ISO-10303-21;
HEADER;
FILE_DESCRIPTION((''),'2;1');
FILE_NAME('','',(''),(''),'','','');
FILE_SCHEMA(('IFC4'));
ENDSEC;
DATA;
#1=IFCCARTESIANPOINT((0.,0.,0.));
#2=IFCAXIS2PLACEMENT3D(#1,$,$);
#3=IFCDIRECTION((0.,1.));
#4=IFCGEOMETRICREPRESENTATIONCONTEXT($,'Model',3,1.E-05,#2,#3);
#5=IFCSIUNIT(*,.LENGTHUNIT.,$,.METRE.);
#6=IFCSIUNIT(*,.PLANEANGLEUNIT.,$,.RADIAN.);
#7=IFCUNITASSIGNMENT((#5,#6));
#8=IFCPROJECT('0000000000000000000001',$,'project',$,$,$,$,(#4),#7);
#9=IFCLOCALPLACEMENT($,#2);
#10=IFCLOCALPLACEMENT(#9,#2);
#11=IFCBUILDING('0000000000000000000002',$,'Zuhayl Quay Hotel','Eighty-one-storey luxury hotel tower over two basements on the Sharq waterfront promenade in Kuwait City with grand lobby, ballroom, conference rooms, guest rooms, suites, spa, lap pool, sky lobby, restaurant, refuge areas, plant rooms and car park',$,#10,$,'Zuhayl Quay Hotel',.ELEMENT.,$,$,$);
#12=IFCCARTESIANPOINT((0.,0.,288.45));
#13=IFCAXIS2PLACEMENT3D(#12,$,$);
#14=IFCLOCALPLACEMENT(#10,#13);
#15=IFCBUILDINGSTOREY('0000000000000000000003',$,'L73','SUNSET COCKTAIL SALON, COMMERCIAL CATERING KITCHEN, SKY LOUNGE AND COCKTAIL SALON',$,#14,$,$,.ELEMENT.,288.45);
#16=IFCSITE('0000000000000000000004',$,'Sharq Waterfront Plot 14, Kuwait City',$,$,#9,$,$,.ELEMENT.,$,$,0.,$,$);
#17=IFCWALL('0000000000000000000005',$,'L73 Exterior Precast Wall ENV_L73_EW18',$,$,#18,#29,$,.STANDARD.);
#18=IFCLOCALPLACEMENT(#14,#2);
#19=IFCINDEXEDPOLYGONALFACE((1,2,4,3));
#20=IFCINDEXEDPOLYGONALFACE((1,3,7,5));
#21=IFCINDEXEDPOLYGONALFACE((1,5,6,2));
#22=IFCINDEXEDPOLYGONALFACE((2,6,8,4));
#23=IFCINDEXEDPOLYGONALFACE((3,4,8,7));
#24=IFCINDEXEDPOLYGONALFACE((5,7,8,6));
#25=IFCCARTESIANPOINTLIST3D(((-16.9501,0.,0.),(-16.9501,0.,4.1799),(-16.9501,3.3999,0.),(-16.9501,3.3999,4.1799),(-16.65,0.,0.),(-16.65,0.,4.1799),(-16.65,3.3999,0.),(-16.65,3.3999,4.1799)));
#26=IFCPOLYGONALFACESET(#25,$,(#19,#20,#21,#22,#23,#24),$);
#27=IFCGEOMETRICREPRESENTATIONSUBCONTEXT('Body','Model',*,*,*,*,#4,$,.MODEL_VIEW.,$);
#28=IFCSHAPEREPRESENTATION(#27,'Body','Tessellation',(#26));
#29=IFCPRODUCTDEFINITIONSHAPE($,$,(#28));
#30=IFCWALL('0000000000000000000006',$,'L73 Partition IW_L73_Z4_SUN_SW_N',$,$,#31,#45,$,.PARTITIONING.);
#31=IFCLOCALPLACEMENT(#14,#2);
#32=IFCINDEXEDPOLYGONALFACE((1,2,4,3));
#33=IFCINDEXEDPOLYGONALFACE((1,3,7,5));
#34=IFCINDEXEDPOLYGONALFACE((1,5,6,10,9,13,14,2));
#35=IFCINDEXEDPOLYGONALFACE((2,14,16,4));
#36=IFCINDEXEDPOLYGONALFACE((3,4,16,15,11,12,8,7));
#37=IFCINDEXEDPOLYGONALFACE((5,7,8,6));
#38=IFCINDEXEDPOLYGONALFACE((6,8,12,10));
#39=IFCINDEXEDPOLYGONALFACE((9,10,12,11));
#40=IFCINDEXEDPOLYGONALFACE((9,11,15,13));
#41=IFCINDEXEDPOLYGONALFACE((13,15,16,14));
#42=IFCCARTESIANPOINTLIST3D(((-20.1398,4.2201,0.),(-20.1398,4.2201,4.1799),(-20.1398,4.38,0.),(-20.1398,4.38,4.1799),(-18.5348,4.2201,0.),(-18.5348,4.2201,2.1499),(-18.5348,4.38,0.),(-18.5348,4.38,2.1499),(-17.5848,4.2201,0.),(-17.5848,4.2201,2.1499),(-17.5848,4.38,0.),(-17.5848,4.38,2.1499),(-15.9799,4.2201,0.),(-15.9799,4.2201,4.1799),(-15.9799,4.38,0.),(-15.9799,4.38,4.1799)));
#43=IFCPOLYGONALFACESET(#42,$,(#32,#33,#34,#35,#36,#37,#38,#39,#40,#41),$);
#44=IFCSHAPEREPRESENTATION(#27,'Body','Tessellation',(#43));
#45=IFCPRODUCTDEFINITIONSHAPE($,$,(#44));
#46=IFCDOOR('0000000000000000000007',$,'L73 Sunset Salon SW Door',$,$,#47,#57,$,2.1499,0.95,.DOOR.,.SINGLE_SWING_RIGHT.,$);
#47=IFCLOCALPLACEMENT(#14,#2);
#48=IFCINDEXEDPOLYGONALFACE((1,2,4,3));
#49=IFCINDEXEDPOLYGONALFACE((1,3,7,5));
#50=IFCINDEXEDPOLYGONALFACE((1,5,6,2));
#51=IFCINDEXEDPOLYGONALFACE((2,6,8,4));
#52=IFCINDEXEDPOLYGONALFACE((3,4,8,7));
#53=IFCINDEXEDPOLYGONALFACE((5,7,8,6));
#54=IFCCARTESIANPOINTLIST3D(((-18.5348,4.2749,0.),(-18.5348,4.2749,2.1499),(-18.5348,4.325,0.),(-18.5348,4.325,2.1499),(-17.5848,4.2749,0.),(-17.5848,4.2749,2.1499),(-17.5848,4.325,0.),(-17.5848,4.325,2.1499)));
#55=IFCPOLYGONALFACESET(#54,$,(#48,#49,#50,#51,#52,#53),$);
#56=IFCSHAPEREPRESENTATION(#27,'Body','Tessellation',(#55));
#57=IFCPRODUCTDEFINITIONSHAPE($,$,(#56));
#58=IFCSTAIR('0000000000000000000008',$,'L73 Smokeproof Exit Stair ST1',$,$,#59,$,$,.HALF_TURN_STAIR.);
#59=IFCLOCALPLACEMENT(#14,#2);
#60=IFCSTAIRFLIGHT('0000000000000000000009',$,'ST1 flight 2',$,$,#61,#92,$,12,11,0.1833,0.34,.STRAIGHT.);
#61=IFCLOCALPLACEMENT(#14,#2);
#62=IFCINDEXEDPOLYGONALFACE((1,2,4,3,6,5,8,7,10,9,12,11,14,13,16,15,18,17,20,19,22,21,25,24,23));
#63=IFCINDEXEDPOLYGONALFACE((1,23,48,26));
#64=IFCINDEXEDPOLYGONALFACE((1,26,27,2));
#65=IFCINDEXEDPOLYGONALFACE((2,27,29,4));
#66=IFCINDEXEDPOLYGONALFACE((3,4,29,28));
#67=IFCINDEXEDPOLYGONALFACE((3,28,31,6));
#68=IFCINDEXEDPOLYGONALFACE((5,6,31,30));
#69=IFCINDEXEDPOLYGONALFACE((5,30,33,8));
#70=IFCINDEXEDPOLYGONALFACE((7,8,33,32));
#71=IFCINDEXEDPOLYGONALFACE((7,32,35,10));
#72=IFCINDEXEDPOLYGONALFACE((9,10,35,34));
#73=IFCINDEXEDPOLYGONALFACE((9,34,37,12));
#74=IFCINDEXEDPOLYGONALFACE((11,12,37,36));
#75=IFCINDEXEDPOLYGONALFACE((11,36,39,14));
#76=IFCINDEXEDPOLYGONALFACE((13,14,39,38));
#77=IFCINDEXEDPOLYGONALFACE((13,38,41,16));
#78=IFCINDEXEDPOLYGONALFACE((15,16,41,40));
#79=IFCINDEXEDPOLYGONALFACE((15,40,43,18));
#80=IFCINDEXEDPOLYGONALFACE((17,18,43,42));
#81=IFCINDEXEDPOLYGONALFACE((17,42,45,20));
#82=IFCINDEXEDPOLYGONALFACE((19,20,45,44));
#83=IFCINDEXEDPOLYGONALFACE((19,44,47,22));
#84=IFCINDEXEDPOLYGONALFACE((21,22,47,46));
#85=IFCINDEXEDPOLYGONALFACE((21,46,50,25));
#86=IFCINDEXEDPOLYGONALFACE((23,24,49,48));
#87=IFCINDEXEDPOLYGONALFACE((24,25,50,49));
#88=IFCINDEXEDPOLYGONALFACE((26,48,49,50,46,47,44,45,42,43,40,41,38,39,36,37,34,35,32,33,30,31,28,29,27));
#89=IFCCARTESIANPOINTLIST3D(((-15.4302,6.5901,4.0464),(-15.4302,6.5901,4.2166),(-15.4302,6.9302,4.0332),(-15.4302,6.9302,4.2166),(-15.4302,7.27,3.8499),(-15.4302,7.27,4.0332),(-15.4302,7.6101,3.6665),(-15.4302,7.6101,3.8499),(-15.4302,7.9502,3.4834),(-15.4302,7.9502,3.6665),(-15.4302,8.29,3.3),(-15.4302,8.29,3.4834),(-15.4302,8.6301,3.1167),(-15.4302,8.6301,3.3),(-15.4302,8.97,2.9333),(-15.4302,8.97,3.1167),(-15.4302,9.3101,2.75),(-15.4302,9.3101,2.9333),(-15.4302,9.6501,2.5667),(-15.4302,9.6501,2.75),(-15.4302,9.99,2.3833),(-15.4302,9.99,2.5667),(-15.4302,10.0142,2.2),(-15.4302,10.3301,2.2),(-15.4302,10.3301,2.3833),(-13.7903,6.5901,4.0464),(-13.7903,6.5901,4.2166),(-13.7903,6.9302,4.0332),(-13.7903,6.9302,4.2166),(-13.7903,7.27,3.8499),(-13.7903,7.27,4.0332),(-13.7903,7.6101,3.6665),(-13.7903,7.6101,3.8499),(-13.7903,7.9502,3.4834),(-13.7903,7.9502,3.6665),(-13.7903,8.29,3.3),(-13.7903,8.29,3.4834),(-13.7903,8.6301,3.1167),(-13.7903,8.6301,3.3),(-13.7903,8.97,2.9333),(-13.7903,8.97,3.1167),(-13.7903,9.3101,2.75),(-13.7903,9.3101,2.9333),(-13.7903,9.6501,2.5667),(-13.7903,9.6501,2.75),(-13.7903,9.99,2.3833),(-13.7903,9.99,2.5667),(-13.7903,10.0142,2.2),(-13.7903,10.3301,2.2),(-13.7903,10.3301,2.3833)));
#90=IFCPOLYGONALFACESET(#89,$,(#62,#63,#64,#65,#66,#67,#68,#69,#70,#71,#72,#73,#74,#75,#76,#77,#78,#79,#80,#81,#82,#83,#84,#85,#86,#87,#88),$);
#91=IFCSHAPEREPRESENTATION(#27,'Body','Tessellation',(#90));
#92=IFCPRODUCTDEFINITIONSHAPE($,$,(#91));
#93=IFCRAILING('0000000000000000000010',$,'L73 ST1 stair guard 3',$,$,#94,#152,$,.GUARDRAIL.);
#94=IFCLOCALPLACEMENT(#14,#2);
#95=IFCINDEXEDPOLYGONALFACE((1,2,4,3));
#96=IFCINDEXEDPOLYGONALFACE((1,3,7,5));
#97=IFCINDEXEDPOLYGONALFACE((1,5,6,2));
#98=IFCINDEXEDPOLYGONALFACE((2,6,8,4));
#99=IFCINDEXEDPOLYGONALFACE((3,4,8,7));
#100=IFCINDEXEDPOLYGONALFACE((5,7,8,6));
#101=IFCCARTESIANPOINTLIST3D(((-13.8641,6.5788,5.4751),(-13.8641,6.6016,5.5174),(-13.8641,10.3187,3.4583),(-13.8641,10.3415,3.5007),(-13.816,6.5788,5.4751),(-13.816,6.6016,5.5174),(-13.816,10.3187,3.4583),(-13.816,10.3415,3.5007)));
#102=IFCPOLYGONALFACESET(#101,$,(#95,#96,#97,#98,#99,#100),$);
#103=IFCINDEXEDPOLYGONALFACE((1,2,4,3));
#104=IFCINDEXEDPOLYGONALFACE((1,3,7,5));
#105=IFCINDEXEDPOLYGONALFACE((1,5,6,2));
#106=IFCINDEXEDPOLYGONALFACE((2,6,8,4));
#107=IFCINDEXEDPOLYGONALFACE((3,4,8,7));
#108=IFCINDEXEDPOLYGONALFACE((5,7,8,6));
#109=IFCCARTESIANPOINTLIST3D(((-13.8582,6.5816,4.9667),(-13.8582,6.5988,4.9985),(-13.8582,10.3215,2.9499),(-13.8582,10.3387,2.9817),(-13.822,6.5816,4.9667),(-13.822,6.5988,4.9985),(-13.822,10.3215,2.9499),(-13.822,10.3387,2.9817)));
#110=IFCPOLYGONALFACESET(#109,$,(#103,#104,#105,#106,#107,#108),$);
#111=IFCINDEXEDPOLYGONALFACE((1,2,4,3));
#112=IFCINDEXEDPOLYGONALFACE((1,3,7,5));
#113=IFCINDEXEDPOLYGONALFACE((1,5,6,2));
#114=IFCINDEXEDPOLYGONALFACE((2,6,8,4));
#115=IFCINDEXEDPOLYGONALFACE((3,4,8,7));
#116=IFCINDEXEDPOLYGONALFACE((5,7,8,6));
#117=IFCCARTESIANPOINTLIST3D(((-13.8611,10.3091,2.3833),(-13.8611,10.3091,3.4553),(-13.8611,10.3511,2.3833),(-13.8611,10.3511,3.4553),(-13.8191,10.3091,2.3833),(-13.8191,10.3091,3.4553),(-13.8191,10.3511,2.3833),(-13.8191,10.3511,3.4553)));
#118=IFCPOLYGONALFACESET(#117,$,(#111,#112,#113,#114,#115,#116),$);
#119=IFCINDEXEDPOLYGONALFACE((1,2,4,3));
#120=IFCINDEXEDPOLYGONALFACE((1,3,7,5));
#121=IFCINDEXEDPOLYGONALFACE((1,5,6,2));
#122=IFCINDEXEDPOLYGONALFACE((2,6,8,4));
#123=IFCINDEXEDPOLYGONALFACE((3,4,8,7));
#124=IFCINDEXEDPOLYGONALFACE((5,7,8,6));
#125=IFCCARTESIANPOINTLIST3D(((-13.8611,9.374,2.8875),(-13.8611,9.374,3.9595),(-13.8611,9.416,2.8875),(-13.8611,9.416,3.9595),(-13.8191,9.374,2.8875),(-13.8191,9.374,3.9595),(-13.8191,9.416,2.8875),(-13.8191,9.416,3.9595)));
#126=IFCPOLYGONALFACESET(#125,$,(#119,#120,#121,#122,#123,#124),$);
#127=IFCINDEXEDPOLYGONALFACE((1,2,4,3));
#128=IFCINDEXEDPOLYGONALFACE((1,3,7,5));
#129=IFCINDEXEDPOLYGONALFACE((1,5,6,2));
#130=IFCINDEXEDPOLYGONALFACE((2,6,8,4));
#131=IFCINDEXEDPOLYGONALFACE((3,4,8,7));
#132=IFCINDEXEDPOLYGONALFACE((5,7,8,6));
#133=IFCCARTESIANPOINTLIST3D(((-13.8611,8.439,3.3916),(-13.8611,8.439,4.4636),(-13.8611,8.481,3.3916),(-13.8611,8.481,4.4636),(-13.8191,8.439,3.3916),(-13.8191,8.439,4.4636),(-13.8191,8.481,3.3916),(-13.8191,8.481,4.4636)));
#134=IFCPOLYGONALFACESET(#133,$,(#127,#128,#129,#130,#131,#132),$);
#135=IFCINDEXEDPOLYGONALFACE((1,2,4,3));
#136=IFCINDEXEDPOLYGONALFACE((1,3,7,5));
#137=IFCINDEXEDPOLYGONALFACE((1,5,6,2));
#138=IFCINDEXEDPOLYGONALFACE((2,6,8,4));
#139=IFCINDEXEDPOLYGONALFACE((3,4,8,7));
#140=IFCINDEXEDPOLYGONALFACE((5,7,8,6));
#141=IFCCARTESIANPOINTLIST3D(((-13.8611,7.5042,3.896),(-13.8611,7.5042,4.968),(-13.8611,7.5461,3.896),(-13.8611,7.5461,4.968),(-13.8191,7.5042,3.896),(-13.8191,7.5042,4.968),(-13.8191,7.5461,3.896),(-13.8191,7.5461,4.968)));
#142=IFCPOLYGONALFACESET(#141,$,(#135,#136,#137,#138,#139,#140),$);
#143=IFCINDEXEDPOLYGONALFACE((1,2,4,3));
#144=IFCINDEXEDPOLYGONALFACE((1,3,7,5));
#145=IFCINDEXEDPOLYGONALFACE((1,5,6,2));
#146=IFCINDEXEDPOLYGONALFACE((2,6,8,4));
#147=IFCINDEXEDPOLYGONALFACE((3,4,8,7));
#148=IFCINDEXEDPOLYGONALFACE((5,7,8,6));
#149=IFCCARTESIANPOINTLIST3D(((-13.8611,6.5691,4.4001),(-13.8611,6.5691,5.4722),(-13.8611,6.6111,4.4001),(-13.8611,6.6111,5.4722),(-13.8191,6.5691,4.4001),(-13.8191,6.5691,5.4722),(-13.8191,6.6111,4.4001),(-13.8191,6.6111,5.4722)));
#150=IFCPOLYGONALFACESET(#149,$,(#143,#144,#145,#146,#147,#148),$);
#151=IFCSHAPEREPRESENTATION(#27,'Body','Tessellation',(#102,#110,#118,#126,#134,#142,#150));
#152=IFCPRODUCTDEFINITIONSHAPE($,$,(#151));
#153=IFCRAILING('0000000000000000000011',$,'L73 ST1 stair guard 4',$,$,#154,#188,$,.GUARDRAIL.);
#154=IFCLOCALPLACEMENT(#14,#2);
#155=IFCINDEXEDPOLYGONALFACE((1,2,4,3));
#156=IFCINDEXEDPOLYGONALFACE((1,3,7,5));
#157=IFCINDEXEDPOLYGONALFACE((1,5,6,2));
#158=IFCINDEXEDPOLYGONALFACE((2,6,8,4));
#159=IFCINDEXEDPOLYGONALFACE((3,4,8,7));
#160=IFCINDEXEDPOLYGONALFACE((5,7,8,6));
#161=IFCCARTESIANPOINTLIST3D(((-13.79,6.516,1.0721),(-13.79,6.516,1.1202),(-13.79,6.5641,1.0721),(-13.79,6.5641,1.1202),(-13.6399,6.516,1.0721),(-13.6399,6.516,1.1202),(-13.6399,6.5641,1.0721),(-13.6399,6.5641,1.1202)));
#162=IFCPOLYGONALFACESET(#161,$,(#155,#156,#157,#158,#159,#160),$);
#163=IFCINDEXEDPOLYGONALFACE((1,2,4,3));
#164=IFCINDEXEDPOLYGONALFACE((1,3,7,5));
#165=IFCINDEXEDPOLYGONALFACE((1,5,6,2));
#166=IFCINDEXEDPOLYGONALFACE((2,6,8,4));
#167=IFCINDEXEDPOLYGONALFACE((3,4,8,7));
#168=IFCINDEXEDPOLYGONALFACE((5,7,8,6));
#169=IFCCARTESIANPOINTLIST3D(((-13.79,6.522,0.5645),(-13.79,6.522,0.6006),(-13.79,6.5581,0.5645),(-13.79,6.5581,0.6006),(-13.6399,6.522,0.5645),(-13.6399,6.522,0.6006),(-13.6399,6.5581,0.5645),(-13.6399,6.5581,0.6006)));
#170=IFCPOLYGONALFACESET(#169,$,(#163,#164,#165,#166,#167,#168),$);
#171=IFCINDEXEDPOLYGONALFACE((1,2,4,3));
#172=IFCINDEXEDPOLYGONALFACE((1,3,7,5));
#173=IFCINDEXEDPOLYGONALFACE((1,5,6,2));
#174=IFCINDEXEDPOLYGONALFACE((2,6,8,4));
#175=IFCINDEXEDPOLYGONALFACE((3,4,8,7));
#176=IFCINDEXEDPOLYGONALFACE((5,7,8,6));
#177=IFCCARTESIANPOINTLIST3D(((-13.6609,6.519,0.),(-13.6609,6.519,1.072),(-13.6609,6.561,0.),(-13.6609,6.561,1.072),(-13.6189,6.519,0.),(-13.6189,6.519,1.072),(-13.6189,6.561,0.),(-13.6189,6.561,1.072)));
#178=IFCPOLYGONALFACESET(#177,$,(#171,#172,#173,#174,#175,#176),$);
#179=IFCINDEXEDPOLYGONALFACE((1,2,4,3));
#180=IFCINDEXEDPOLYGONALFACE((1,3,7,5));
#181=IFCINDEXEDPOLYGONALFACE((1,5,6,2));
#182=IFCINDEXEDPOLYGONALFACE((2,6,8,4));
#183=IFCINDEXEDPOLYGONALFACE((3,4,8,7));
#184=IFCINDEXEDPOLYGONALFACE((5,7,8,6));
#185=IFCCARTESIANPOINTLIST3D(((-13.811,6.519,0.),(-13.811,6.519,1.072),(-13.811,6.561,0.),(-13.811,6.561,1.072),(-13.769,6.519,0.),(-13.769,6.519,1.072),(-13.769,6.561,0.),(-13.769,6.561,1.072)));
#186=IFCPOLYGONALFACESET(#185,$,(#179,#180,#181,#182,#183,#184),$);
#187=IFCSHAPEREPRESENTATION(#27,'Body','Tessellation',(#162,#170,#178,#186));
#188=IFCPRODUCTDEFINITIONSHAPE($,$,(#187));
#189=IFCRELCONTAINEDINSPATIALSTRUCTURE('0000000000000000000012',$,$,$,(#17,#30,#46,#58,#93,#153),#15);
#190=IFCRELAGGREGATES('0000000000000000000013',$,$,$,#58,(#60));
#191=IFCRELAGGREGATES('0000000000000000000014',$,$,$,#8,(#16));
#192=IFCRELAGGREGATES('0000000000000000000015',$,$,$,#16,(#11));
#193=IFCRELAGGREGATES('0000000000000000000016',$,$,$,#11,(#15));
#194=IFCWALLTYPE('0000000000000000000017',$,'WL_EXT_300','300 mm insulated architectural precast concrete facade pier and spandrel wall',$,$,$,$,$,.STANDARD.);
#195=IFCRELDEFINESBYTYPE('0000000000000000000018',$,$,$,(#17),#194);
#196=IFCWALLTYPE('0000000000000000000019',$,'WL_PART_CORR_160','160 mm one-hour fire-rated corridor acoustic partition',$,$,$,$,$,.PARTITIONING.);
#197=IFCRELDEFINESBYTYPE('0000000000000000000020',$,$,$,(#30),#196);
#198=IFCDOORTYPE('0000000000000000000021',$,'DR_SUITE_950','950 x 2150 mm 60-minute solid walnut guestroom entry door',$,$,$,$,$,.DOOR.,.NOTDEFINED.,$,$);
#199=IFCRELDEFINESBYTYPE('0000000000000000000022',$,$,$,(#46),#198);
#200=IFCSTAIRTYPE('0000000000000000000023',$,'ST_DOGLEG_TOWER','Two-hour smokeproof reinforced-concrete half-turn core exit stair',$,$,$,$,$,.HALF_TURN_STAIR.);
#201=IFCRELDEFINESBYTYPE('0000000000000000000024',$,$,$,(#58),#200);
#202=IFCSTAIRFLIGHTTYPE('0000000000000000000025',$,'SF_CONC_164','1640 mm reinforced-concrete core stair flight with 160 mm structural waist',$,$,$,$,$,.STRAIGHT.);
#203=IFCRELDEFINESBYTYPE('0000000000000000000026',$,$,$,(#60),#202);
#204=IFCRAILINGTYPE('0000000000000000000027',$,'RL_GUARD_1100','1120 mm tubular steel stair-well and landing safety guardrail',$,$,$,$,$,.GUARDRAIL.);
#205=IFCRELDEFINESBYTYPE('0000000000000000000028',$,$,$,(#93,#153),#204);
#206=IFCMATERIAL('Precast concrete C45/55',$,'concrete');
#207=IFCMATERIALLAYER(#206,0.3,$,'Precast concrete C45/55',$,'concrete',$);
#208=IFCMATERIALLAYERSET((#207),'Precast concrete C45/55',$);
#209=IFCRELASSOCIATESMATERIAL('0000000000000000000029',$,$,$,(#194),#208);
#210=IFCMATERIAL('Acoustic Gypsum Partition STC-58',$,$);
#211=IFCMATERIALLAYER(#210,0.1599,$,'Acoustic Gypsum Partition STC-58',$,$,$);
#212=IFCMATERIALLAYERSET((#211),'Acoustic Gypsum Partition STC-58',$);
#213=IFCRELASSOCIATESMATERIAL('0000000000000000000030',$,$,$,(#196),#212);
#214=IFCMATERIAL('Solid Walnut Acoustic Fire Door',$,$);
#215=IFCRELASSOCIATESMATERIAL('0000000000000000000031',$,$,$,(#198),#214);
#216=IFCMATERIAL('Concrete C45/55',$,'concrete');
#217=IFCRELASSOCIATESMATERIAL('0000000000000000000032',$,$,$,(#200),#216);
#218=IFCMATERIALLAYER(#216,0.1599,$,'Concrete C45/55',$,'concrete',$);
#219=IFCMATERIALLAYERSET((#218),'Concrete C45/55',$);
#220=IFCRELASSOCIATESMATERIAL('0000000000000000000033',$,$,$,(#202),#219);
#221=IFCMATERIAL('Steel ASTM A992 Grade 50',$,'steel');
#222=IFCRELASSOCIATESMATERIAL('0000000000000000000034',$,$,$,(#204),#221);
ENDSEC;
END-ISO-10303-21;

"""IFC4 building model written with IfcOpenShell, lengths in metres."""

from ifc_helpers import new_model, si_unit, direction, frame, frame_2d, origin, origin_2d, place, context, subcontext, project, spatial, polyline, rectangle, outline, extrude, material, layer, layer_set, type_object, element, fill, aggregate, save


model = new_model("IFC4")

# Units and contexts
model_context = context("Model", 3, precision=1e-05, world=origin(), true_north=direction((0.0, 1.0)))
body_context = subcontext(model_context, "Body", "Model", "MODEL_VIEW")
ifc_project = project(units=[si_unit("LENGTHUNIT", "METRE"), si_unit("PLANEANGLEUNIT", "RADIAN")], contexts=[model_context])

# Site, building, storey
site_placement = place(None, origin())
site = spatial("IfcSite", under=ifc_project, at=site_placement, Name="Sharq Waterfront Plot 14, Kuwait City", CompositionType="ELEMENT", RefElevation=0.0)
building_placement = place(site_placement, origin())
building = spatial("IfcBuilding", under=site, at=building_placement, Name="Zuhayl Quay Hotel", Description="Eighty-one-storey luxury hotel tower over two basements on the Sharq waterfront promenade in Kuwait City with grand lobby, ballroom, conference rooms, guest rooms, suites, spa, lap pool, sky lobby, restaurant, refuge areas, plant rooms and car park", LongName="Zuhayl Quay Hotel", CompositionType="ELEMENT")
storey_placement = place(building_placement, frame((0.0, 0.0, 288.45)))
storey = spatial("IfcBuildingStorey", under=building, at=storey_placement, Name="L73", Description="SUNSET COCKTAIL SALON, COMMERCIAL CATERING KITCHEN, SKY LOUNGE AND COCKTAIL SALON", CompositionType="ELEMENT", Elevation=288.45)

# Shared definitions
ifc_material_1 = material(Name="Steel ASTM A992 Grade 50", Category="steel")

# Wall
ifc_material_2 = material(Name="Precast concrete C45/55", Category="concrete")
ifc_layer_1 = layer(ifc_material_2, 0.3, Name="Precast concrete C45/55", Category="concrete")
ifc_layer_set_1 = layer_set([ifc_layer_1], Name="Precast concrete C45/55")
wall_type_1 = type_object("IfcWallType", Name="WL_EXT_300", Description="300 mm insulated architectural precast concrete facade pier and spandrel wall", PredefinedType="STANDARD", material=ifc_layer_set_1)
wall_1_placement = place(storey_placement, frame((-16.8, 0.0, 0.0), z_axis=(0.0, 0.0, 1.0), x_axis=(0.0, 1.0, 0.0)))
element("IfcWall", 1, at=wall_1_placement, inside=storey, type_object=wall_type_1, Name="L73 Exterior Precast Wall ENV_L73_EW18", PredefinedType="STANDARD", context=body_context, shape_type="SweptSolid", body=[
    extrude(rectangle(XDim=3.3999, YDim=0.3, at=frame_2d((1.7, 0.0))), origin(), (0.0, 0.0, 1.0), 4.1799),
])

# Wall, opening, door
ifc_material_3 = material(Name="Acoustic Gypsum Partition STC-58")
ifc_layer_2 = layer(ifc_material_3, 0.1599, Name="Acoustic Gypsum Partition STC-58")
ifc_layer_set_2 = layer_set([ifc_layer_2], Name="Acoustic Gypsum Partition STC-58")
wall_type_2 = type_object("IfcWallType", Name="WL_PART_CORR_160", Description="160 mm one-hour fire-rated corridor acoustic partition", PredefinedType="PARTITIONING", material=ifc_layer_set_2)
wall_2_placement = place(storey_placement, frame((-20.1399, 4.3, 0.0), z_axis=(0.0, 0.0, 1.0), x_axis=(1.0, 0.0, 0.0)))
wall_2 = element("IfcWall", 2, at=wall_2_placement, inside=storey, type_object=wall_type_2, Name="L73 Partition IW_L73_Z4_SUN_SW_N", PredefinedType="PARTITIONING", context=body_context, shape_type="SweptSolid", body=[
    extrude(rectangle(XDim=4.1599, YDim=0.1599, at=frame_2d((2.0801, 0.0))), origin(), (0.0, 0.0, 1.0), 4.1799),
])
opening_placement = place(wall_2_placement, frame((1.605, 0.0, 0.0)))
opening = element("IfcOpeningElement", 3, at=opening_placement, cuts=wall_2, PredefinedType="OPENING", context=body_context, shape_type="SweptSolid", body=[
    extrude(rectangle(XDim=0.95, YDim=2.1499, at=frame_2d((0.4751, 1.075))), frame((0.0, 0.0898, 0.0), z_axis=(0.0, -1.0, 0.0), x_axis=(1.0, 0.0, 0.0)), (0.0, 0.0, 1.0), 0.1799),
])
ifc_material_4 = material(Name="Solid Walnut Acoustic Fire Door")
door_type = type_object("IfcDoorType", Name="DR_SUITE_950", Description="950 x 2150 mm 60-minute solid walnut guestroom entry door", OperationType="NOTDEFINED", PredefinedType="DOOR", material=ifc_material_4)
door_placement = place(opening_placement, origin())
door = element("IfcDoor", 4, at=door_placement, inside=storey, type_object=door_type, Name="L73 Sunset Salon SW Door", OperationType="SINGLE_SWING_RIGHT", OverallHeight=2.1499, OverallWidth=0.95, PredefinedType="DOOR", context=body_context, shape_type="SweptSolid", body=[
    extrude(rectangle(XDim=0.95, YDim=2.1499, at=frame_2d((0.4751, 1.075))), frame((0.0, 0.0249, 0.0), z_axis=(0.0, -1.0, 0.0), x_axis=(1.0, 0.0, 0.0)), (0.0, 0.0, 1.0), 0.05),
])
fill(opening, door)

# Stair, stair flight
ifc_material_5 = material(Name="Concrete C45/55", Category="concrete")
stair_type = type_object("IfcStairType", Name="ST_DOGLEG_TOWER", Description="Two-hour smokeproof reinforced-concrete half-turn core exit stair", PredefinedType="HALF_TURN_STAIR", material=ifc_material_5)
stair_placement = place(storey_placement, origin())
stair = element("IfcStair", 5, at=stair_placement, inside=storey, type_object=stair_type, Name="L73 Smokeproof Exit Stair ST1", PredefinedType="HALF_TURN_STAIR")
ifc_layer_3 = layer(ifc_material_5, 0.1599, Name="Concrete C45/55", Category="concrete")
ifc_layer_set_3 = layer_set([ifc_layer_3], Name="Concrete C45/55")
stair_flight_type = type_object("IfcStairFlightType", Name="SF_CONC_164", Description="1640 mm reinforced-concrete core stair flight with 160 mm structural waist", PredefinedType="STRAIGHT", material=ifc_layer_set_3)
stair_flight_placement = place(storey_placement, frame((-14.6101, 10.3301, 2.2), z_axis=(0.0, 0.0, 1.0), x_axis=(0.0, -1.0, 0.0)))
stair_flight = element("IfcStairFlight", 6, at=stair_flight_placement, type_object=stair_flight_type, Name="ST1 flight 2", NumberOfRisers=12, NumberOfTreads=11, PredefinedType="STRAIGHT", RiserHeight=0.1833, TreadLength=0.34, context=body_context, shape_type="SweptSolid", body=[
    extrude(outline(polyline([(0.0, 0.0), (0.0, 0.1833), (0.3401, 0.1833), (0.3401, 0.3667), (0.6799, 0.3667), (0.6799, 0.55), (1.02, 0.55), (1.02, 0.7334), (1.3601, 0.7334), (1.3601, 0.9167), (1.7, 0.9167), (1.7, 1.1001), (2.04, 1.1001), (2.04, 1.2834), (2.3799, 1.2834), (2.3799, 1.4666), (2.72, 1.4666), (2.72, 1.6499), (3.0601, 1.6499), (3.0601, 1.8333), (3.3999, 1.8333), (3.3999, 2.0166), (3.74, 2.0166), (3.74, 2.2), (3.74, 1.8464), (0.3159, 0.0), (0.0, 0.0)])), frame((0.0, 0.8198, 0.0), z_axis=(0.0, -1.0, 0.0), x_axis=(1.0, 0.0, 0.0)), (0.0, 0.0, 1.0), 1.6399),
])
aggregate(stair, [stair_flight])

# Railings
railing_type_1 = type_object("IfcRailingType", Name="RL_GUARD_1100", Description="1120 mm tubular steel stair-well and landing safety guardrail", PredefinedType="GUARDRAIL", material=ifc_material_1)
railing_1_placement = place(storey_placement, frame((-13.8401, 10.3301, 2.3833)))
element("IfcRailing", 7, at=railing_1_placement, inside=storey, type_object=railing_type_1, Name="L73 ST1 stair guard 3", PredefinedType="GUARDRAIL", context=body_context, shape_type="SweptSolid", body=[
    extrude(rectangle(XDim=0.0481, YDim=0.0481, at=origin_2d()), frame((0.0, 0.0, 1.0962), z_axis=(0.0, -0.880176, 0.474648), x_axis=(1.0, 0.0, 0.0)), (0.0, 0.0, 1.0), 4.249),
    extrude(rectangle(XDim=0.0361, YDim=0.0361, at=origin_2d()), frame((0.0, 0.0, 0.5825), z_axis=(0.0, -0.880176, 0.474648), x_axis=(1.0, 0.0, 0.0)), (0.0, 0.0, 1.0), 4.249),
    extrude(rectangle(XDim=0.042, YDim=0.042, at=origin_2d()), origin(), (0.0, 0.0, 1.0), 1.072),
    extrude(rectangle(XDim=0.042, YDim=0.042, at=origin_2d()), frame((0.0, -0.9351, 0.5042)), (0.0, 0.0, 1.0), 1.072),
    extrude(rectangle(XDim=0.042, YDim=0.042, at=origin_2d()), frame((0.0, -1.8701, 1.0083)), (0.0, 0.0, 1.0), 1.072),
    extrude(rectangle(XDim=0.042, YDim=0.042, at=origin_2d()), frame((0.0, -2.8049, 1.5127)), (0.0, 0.0, 1.0), 1.072),
    extrude(rectangle(XDim=0.042, YDim=0.042, at=origin_2d()), frame((0.0, -3.74, 2.0168)), (0.0, 0.0, 1.0), 1.072),
])
railing_2_placement = place(storey_placement, frame((-13.6399, 6.54, 0.0)))
element("IfcRailing", 8, at=railing_2_placement, inside=storey, type_object=railing_type_1, Name="L73 ST1 stair guard 4", PredefinedType="GUARDRAIL", context=body_context, shape_type="SweptSolid", body=[
    extrude(rectangle(XDim=0.0481, YDim=0.0481, at=origin_2d()), frame((0.0, 0.0, 1.0962), z_axis=(-1.0, 0.0, 0.0), x_axis=(0.0, -1.0, 0.0)), (0.0, 0.0, 1.0), 0.1501),
    extrude(rectangle(XDim=0.0361, YDim=0.0361, at=origin_2d()), frame((0.0, 0.0, 0.5825), z_axis=(-1.0, 0.0, 0.0), x_axis=(0.0, -1.0, 0.0)), (0.0, 0.0, 1.0), 0.1501),
    extrude(rectangle(XDim=0.042, YDim=0.042, at=origin_2d()), origin(), (0.0, 0.0, 1.0), 1.072),
    extrude(rectangle(XDim=0.042, YDim=0.042, at=origin_2d()), frame((-0.1501, 0.0, 0.0)), (0.0, 0.0, 1.0), 1.072),
])

save(model, "model.ifc")
